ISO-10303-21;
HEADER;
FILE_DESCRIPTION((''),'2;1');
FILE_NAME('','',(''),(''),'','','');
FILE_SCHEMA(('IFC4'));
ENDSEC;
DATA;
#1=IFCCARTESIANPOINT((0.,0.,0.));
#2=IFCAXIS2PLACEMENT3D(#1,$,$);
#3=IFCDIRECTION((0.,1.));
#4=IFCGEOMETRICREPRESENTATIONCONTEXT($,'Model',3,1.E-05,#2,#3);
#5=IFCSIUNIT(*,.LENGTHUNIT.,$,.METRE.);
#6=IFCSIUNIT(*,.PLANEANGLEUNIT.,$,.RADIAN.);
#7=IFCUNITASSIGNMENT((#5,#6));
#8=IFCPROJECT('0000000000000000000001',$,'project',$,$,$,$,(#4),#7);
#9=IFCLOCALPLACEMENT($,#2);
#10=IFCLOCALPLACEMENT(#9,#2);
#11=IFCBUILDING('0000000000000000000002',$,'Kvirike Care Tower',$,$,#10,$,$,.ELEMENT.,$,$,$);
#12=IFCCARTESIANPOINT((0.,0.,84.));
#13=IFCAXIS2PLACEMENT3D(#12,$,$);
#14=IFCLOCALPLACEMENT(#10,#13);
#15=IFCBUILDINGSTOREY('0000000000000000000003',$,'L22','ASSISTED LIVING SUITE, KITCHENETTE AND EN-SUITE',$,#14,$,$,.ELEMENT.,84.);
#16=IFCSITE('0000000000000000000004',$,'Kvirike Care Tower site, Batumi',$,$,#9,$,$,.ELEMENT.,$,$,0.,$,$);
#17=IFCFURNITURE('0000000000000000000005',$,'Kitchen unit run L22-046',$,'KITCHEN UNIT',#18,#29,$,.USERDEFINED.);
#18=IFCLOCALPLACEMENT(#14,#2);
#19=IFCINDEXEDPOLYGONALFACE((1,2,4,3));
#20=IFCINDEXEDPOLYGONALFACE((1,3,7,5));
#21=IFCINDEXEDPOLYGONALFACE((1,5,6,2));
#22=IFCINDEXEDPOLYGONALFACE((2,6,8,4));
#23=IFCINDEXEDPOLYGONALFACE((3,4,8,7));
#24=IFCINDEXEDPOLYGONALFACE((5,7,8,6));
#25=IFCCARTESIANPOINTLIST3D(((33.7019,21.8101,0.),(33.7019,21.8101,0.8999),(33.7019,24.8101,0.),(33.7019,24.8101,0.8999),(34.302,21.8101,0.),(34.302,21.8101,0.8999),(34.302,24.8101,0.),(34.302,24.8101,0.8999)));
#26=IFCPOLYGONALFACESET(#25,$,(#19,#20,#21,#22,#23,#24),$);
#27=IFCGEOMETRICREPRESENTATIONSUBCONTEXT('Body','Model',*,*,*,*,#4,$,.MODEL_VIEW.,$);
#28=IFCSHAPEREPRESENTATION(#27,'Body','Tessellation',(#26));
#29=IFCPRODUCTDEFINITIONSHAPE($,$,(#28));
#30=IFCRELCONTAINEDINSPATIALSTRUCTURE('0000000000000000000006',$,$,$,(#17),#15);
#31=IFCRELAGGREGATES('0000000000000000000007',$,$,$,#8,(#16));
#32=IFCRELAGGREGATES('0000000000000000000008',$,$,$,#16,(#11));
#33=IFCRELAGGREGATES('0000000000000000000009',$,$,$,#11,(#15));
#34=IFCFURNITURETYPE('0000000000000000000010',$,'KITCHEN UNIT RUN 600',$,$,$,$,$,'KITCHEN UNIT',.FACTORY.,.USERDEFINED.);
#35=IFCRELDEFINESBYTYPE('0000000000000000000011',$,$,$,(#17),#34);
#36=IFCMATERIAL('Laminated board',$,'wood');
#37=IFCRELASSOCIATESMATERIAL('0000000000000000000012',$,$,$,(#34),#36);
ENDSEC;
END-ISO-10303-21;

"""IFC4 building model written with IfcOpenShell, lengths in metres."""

from ifc_helpers import new_model, si_unit, direction, frame, origin, origin_2d, place, context, subcontext, project, spatial, rectangle, extrude, material, type_object, element, save


model = new_model("IFC4")

# Units and contexts
model_context = context("Model", 3, precision=1e-05, world=origin(), true_north=direction((0.0, 1.0)))
body_context = subcontext(model_context, "Body", "Model", "MODEL_VIEW")
ifc_project = project(units=[si_unit("LENGTHUNIT", "METRE"), si_unit("PLANEANGLEUNIT", "RADIAN")], contexts=[model_context])

# Site, building, storey
site_placement = place(None, origin())
site = spatial("IfcSite", under=ifc_project, at=site_placement, Name="Kvirike Care Tower site, Batumi", CompositionType="ELEMENT", RefElevation=0.0)
building_placement = place(site_placement, origin())
building = spatial("IfcBuilding", under=site, at=building_placement, Name="Kvirike Care Tower", CompositionType="ELEMENT")
storey_placement = place(building_placement, frame((0.0, 0.0, 84.0)))
storey = spatial("IfcBuildingStorey", under=building, at=storey_placement, Name="L22", Description="ASSISTED LIVING SUITE, KITCHENETTE AND EN-SUITE", CompositionType="ELEMENT", Elevation=84.0)

# Furniture
ifc_material_1 = material(Name="Laminated board", Category="wood")
furniture_type_1 = type_object("IfcFurnitureType", Name="KITCHEN UNIT RUN 600", ElementType="KITCHEN UNIT", AssemblyPlace="FACTORY", PredefinedType="USERDEFINED", material=ifc_material_1)
furniture_placement = place(storey_placement, frame((34.002, 23.3101, 0.0), z_axis=(0.0, 0.0, 1.0), x_axis=(0.0, 1.0, 0.0)))
element("IfcFurniture", 1, at=furniture_placement, inside=storey, type_object=furniture_type_1, Name="Kitchen unit run L22-046", ObjectType="KITCHEN UNIT", PredefinedType="USERDEFINED", context=body_context, shape_type="SweptSolid", body=[
    extrude(rectangle(XDim=3.0, YDim=0.6001, at=origin_2d()), origin(), (0.0, 0.0, 1.0), 0.8999),
])

save(model, "model.ifc")
